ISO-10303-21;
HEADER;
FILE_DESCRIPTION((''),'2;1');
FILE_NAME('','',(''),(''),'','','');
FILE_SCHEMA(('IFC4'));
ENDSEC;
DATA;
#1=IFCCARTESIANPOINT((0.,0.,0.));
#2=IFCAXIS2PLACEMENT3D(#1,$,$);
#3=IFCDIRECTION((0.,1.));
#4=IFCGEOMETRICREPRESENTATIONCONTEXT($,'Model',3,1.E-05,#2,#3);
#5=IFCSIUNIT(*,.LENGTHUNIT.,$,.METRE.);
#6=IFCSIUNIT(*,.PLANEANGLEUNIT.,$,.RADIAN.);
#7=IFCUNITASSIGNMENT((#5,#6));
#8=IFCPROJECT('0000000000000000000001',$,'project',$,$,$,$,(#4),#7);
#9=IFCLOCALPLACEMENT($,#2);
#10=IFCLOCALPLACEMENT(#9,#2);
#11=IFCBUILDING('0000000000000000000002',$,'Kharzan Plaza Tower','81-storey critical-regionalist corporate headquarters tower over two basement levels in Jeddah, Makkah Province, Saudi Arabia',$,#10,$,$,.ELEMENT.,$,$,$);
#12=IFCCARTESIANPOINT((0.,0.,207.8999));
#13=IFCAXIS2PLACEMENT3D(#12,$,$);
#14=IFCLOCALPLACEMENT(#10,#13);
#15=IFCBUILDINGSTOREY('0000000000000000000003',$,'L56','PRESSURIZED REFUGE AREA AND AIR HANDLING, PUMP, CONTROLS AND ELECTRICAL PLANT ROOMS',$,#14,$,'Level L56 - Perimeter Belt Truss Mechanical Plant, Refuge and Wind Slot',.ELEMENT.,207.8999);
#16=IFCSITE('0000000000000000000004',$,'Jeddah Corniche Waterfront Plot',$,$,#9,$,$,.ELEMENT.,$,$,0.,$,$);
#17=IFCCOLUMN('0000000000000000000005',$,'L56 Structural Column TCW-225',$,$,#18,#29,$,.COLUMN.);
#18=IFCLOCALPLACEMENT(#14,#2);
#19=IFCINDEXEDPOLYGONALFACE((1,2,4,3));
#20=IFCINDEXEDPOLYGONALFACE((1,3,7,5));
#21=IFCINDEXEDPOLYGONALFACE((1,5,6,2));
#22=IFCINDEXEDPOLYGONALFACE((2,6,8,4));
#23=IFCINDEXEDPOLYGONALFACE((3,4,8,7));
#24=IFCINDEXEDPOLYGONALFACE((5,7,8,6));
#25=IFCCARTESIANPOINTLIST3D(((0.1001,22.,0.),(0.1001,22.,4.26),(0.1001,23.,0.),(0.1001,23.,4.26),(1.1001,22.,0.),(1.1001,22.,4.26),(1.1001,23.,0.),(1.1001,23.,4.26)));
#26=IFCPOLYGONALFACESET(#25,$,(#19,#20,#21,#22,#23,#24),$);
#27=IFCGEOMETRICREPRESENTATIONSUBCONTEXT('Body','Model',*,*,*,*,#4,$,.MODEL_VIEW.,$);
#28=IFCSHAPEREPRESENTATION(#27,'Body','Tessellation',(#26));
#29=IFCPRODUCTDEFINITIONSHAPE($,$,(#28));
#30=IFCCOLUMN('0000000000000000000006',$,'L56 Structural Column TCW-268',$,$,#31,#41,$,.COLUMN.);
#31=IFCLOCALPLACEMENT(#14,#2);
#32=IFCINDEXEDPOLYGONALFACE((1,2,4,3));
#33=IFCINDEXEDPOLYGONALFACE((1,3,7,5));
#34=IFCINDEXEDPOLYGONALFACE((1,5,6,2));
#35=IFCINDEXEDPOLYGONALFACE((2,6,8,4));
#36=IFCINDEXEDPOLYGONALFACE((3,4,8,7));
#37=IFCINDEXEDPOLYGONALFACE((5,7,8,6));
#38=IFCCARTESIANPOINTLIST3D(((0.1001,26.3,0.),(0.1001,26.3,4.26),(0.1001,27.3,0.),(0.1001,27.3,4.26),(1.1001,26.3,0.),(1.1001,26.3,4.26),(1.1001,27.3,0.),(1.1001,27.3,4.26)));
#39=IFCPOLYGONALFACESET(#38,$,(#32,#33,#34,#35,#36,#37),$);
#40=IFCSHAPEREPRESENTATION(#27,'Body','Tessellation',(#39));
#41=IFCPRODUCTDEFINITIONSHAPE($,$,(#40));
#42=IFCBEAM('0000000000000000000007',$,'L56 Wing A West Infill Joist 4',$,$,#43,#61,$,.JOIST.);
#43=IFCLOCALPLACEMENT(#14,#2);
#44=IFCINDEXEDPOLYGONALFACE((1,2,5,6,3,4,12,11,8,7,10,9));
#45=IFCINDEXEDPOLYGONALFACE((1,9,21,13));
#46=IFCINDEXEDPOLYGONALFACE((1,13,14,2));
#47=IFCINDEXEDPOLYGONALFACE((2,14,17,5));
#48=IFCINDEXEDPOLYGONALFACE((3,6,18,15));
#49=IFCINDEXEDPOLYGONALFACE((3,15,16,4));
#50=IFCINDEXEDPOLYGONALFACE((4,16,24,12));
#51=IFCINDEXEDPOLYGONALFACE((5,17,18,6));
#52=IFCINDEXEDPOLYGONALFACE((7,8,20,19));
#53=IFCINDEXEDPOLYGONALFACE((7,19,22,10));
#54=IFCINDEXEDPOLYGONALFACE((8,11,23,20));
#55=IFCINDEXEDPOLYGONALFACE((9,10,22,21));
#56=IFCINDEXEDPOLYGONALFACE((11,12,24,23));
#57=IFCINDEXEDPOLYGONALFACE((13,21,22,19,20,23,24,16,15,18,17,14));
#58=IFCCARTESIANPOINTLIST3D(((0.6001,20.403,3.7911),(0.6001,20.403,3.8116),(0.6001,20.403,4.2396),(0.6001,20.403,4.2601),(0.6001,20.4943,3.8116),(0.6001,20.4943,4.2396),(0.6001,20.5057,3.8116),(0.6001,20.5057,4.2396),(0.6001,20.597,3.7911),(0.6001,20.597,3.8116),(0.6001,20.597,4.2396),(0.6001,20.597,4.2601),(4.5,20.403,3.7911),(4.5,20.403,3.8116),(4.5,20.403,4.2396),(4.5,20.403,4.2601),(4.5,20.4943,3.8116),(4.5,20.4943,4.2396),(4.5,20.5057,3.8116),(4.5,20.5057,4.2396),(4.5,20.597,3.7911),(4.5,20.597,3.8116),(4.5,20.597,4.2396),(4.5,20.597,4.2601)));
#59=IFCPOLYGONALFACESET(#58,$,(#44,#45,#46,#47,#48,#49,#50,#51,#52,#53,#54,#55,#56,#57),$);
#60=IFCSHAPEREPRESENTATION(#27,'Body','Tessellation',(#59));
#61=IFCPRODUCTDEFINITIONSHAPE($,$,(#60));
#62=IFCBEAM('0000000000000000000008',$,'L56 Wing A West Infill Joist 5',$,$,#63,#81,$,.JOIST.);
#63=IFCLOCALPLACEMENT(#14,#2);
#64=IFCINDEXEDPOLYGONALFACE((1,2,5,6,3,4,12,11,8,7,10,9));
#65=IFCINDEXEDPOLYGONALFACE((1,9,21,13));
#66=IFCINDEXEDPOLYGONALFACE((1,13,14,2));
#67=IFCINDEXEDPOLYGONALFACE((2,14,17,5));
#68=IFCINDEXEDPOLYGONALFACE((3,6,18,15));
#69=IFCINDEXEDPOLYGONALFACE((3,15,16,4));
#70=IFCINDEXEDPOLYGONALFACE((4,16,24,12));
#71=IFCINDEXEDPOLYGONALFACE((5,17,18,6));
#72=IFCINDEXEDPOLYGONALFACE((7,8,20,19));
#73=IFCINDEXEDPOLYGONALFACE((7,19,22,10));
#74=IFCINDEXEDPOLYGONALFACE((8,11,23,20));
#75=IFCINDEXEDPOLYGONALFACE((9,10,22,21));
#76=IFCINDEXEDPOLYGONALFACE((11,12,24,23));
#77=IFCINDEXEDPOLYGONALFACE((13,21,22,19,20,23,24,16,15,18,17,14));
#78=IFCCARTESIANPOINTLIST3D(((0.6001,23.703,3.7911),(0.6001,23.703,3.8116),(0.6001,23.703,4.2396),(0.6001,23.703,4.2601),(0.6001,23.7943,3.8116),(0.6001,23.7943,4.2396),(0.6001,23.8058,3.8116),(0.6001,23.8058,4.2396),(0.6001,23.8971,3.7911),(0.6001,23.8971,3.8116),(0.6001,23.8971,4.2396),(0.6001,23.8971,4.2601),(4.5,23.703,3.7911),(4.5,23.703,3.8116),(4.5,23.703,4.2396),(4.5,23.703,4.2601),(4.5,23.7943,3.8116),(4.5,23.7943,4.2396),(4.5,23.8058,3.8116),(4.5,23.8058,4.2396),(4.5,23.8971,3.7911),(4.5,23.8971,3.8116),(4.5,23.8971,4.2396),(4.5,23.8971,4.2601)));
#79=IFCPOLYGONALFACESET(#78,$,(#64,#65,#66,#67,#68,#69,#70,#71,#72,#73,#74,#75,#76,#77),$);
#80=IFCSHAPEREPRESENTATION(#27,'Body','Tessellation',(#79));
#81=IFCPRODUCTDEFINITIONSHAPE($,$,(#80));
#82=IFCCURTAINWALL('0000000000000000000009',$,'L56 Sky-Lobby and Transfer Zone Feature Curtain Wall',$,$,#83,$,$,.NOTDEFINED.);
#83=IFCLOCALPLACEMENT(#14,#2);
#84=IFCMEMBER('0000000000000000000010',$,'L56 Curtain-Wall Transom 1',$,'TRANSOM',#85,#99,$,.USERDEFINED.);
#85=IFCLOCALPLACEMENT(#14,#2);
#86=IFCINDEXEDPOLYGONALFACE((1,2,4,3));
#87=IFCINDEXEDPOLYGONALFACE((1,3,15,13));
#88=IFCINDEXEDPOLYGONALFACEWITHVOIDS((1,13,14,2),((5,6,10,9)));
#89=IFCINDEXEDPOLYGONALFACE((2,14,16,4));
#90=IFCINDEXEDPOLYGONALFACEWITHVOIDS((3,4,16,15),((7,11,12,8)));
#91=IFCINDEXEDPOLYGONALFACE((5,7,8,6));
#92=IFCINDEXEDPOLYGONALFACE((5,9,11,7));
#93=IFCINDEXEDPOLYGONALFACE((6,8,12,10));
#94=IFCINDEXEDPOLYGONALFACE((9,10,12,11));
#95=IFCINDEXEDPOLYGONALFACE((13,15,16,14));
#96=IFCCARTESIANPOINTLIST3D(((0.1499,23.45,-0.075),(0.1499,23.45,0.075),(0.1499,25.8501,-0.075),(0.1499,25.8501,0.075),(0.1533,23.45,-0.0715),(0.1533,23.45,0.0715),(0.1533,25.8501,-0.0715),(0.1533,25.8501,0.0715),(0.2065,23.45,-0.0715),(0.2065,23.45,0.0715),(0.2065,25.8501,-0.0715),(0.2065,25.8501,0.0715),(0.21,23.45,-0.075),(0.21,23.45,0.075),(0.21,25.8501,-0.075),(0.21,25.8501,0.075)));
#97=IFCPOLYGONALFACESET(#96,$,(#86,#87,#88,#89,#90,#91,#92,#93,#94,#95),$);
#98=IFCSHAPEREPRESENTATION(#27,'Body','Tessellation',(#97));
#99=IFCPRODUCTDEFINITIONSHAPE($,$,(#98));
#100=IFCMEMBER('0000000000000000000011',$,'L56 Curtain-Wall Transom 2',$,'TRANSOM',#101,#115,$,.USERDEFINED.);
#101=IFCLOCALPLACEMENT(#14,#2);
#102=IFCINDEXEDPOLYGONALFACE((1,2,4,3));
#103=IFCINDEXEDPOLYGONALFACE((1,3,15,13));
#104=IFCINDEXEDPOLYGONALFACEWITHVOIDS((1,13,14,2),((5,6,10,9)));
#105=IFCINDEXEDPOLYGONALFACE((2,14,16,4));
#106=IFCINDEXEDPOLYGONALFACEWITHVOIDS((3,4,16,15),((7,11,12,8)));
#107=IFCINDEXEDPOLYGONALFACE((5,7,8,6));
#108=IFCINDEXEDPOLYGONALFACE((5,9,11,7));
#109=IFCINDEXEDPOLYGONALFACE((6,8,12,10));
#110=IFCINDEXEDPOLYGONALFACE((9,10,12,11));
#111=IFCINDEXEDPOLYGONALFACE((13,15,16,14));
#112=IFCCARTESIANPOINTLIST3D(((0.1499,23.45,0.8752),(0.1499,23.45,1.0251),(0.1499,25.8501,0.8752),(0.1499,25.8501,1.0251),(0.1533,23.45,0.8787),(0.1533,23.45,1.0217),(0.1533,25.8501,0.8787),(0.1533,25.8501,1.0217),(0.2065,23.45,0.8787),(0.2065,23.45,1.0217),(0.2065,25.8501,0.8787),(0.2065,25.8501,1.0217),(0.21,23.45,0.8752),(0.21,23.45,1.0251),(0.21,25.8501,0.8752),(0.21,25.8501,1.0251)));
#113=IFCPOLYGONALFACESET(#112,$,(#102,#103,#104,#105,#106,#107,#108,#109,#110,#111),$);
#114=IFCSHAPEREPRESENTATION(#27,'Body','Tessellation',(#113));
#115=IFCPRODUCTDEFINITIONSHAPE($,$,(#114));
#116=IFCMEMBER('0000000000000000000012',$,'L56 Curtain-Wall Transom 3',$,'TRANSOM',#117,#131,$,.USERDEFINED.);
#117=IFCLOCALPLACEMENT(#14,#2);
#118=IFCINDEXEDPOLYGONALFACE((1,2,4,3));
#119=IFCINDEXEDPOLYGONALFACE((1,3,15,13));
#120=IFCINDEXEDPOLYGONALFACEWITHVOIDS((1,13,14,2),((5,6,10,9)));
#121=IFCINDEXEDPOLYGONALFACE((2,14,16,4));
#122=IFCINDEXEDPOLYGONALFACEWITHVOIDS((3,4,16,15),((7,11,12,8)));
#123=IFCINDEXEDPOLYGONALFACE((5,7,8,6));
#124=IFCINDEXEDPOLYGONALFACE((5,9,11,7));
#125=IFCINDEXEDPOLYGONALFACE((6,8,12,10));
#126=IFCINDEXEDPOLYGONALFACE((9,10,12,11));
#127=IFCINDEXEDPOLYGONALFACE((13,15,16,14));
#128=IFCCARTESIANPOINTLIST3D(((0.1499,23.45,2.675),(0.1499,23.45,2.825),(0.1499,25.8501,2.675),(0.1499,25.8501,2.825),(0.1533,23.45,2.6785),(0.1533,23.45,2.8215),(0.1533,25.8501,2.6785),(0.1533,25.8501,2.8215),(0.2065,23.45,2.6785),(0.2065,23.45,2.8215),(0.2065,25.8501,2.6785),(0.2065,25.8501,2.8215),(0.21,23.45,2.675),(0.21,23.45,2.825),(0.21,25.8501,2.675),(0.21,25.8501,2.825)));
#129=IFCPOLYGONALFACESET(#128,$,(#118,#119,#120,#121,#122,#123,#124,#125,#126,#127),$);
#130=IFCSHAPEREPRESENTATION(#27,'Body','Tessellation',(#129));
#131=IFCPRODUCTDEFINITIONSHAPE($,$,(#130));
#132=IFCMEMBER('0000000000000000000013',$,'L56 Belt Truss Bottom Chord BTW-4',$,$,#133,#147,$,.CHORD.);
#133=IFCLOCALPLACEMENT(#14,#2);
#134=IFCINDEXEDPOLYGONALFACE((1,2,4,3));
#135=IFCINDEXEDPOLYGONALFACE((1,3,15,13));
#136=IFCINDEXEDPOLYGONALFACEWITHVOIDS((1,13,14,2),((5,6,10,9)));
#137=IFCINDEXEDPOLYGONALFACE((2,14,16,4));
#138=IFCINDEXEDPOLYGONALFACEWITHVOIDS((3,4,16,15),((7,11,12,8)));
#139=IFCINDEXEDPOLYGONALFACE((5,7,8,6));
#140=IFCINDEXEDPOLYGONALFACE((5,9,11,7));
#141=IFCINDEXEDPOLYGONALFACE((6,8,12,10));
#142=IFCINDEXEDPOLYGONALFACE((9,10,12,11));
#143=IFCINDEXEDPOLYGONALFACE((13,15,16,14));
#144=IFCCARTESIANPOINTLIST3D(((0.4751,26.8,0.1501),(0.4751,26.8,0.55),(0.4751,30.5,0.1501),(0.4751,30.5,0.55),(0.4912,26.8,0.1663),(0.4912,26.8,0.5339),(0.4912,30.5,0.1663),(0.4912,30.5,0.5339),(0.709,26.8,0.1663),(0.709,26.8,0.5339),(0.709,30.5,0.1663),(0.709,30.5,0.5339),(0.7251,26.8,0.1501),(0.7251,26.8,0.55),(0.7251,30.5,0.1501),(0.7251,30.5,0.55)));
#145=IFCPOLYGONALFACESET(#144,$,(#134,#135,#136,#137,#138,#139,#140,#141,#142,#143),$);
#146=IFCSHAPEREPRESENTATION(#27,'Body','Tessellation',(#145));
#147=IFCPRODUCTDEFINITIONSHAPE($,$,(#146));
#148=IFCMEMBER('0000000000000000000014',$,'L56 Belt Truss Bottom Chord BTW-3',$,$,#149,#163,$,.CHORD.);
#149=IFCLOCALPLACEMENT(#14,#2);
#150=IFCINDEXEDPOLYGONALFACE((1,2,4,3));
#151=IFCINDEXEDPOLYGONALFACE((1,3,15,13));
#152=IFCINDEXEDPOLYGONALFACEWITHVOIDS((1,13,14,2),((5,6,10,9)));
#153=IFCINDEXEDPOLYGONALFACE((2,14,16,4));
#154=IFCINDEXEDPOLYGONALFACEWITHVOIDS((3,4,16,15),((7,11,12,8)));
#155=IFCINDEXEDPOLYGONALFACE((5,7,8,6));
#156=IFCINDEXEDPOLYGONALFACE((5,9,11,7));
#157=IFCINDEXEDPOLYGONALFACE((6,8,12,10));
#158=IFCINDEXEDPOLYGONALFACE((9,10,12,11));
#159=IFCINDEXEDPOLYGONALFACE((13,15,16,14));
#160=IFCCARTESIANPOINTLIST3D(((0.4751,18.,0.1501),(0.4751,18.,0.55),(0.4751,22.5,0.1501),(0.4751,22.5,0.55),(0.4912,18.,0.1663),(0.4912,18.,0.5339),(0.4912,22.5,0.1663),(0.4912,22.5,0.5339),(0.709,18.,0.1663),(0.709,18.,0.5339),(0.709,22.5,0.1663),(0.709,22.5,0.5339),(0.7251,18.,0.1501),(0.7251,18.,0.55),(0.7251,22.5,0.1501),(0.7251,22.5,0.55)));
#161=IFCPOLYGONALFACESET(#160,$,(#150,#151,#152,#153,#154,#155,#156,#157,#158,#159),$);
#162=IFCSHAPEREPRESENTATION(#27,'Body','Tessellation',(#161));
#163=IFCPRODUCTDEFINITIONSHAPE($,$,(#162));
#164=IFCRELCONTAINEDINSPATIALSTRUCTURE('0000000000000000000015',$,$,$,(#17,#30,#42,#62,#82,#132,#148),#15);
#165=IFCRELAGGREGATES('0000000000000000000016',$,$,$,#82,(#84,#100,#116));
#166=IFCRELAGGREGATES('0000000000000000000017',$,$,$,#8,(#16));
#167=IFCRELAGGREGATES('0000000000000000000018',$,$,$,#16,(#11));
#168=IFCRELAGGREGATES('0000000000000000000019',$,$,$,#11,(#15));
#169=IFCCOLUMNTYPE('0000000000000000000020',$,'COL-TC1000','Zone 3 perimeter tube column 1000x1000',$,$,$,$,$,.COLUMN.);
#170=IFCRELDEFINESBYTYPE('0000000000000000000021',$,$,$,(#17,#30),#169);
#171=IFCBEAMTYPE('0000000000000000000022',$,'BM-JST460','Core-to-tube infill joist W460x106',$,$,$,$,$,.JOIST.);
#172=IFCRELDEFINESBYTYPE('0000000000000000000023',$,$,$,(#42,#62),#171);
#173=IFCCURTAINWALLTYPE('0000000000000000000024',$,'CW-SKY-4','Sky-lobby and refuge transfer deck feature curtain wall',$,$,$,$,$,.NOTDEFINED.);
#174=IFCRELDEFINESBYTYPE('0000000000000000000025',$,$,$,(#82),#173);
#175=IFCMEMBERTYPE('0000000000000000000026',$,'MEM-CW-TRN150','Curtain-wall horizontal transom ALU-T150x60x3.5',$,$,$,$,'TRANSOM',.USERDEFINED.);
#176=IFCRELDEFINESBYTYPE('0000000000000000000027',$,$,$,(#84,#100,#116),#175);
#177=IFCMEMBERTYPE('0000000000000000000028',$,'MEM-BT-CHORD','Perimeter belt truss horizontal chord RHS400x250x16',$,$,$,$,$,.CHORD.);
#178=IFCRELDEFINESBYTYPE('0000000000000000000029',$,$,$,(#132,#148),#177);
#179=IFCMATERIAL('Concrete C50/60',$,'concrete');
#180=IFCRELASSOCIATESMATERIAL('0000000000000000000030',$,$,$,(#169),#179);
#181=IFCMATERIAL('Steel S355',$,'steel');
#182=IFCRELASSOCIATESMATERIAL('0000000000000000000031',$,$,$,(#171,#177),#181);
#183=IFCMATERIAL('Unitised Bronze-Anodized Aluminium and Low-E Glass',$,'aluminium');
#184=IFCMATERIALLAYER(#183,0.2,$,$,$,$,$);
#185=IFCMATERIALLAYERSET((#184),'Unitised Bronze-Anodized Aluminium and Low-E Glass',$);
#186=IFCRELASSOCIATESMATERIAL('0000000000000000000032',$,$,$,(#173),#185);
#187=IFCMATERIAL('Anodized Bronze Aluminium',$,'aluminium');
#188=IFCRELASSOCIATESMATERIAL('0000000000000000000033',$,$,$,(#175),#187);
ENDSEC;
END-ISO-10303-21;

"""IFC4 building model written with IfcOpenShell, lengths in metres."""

from ifc_helpers import new_model, si_unit, direction, frame, origin, origin_2d, place, context, subcontext, project, spatial, rectangle, hollow_rectangle, i_section, extrude, source, transform, mapped, material, layer, layer_set, material_profile, profile_set, type_object, element, aggregate, save


model = new_model("IFC4")

# Units and contexts
model_context = context("Model", 3, precision=1e-05, world=origin(), true_north=direction((0.0, 1.0)))
body_context = subcontext(model_context, "Body", "Model", "MODEL_VIEW")
ifc_project = project(units=[si_unit("LENGTHUNIT", "METRE"), si_unit("PLANEANGLEUNIT", "RADIAN")], contexts=[model_context])

# Site, building, storey
site_placement = place(None, origin())
site = spatial("IfcSite", under=ifc_project, at=site_placement, Name="Jeddah Corniche Waterfront Plot", CompositionType="ELEMENT", RefElevation=0.0)
building_placement = place(site_placement, origin())
building = spatial("IfcBuilding", under=site, at=building_placement, Name="Kharzan Plaza Tower", Description="81-storey critical-regionalist corporate headquarters tower over two basement levels in Jeddah, Makkah Province, Saudi Arabia", CompositionType="ELEMENT")
storey_placement = place(building_placement, frame((0.0, 0.0, 207.8999)))
storey = spatial("IfcBuildingStorey", under=building, at=storey_placement, Name="L56", Description="PRESSURIZED REFUGE AREA AND AIR HANDLING, PUMP, CONTROLS AND ELECTRICAL PLANT ROOMS", LongName="Level L56 - Perimeter Belt Truss Mechanical Plant, Refuge and Wind Slot", CompositionType="ELEMENT", Elevation=207.8999)

# Columns
ifc_material_1 = material(Name="Concrete C50/60", Category="concrete")
ifc_material_profile_1 = material_profile(ifc_material_1, rectangle(XDim=1.0, YDim=1.0, at=origin_2d()), Name="RC-TC1000x1000")
ifc_profile_set_1 = profile_set([ifc_material_profile_1], Name="Concrete C50/60")
column_type = type_object("IfcColumnType", Name="COL-TC1000", Description="Zone 3 perimeter tube column 1000x1000", PredefinedType="COLUMN", material=ifc_profile_set_1)
shared_shape_1 = source(origin(), body_context, "Body", "SweptSolid", [
    extrude(rectangle(XDim=1.0, YDim=1.0, at=origin_2d()), origin(), (0.0, 0.0, 1.0), 4.26),
])
for number, where, z_axis, x_axis, name in (
    (1, (0.6001, 22.5, 0.0), (0.0, 0.0, 1.0), (1.0, 0.0, 0.0), "L56 Structural Column TCW-225"),
    (2, (0.6001, 26.8, 0.0), (0.0, 0.0, 1.0), (1.0, 0.0, 0.0), "L56 Structural Column TCW-268"),
):
    element("IfcColumn", number, at=place(storey_placement, frame(where, z_axis=z_axis, x_axis=x_axis)), inside=storey, type_object=column_type, Name=name, PredefinedType="COLUMN", context=body_context, shape_type="MappedRepresentation", body=[
        mapped(shared_shape_1, transform((0.0, 0.0, 0.0), x_axis=(1.0, 0.0, 0.0), y_axis=(0.0, 1.0, 0.0), z_axis=(0.0, 0.0, 1.0))),
    ])

# Beams
ifc_material_2 = material(Name="Steel S355", Category="steel")
ifc_material_profile_2 = material_profile(ifc_material_2, i_section(OverallWidth=0.1941, OverallDepth=0.469, WebThickness=0.0115, FlangeThickness=0.0205, at=origin_2d()), Name="W460x106")
ifc_profile_set_2 = profile_set([ifc_material_profile_2], Name="Steel S355")
beam_type_1 = type_object("IfcBeamType", Name="BM-JST460", Description="Core-to-tube infill joist W460x106", PredefinedType="JOIST", material=ifc_profile_set_2)
shared_shape_2 = source(origin(), body_context, "Body", "SweptSolid", [
    extrude(i_section(OverallWidth=0.1941, OverallDepth=0.469, WebThickness=0.0115, FlangeThickness=0.0205, at=origin_2d()), origin(), (0.0, 0.0, 1.0), 3.8999),
])
for number, where, z_axis, x_axis, name in (
    (3, (0.6001, 20.5, 4.0256), (1.0, 0.0, 0.0), (0.0, 1.0, 0.0), "L56 Wing A West Infill Joist 4"),
    (4, (0.6001, 23.8, 4.0256), (1.0, 0.0, 0.0), (0.0, 1.0, 0.0), "L56 Wing A West Infill Joist 5"),
):
    element("IfcBeam", number, at=place(storey_placement, frame(where, z_axis=z_axis, x_axis=x_axis)), inside=storey, type_object=beam_type_1, Name=name, PredefinedType="JOIST", context=body_context, shape_type="MappedRepresentation", body=[
        mapped(shared_shape_2, transform((0.0, 0.0, 0.0), x_axis=(1.0, 0.0, 0.0), y_axis=(0.0, 1.0, 0.0), z_axis=(0.0, 0.0, 1.0))),
    ])

# Curtain wall, members
ifc_material_3 = material(Name="Unitised Bronze-Anodized Aluminium and Low-E Glass", Category="aluminium")
ifc_layer_1 = layer(ifc_material_3, 0.2)
ifc_layer_set_1 = layer_set([ifc_layer_1], Name="Unitised Bronze-Anodized Aluminium and Low-E Glass")
curtain_wall_type = type_object("IfcCurtainWallType", Name="CW-SKY-4", Description="Sky-lobby and refuge transfer deck feature curtain wall", PredefinedType="NOTDEFINED", material=ifc_layer_set_1)
curtain_wall_placement = place(storey_placement, origin())
curtain_wall = element("IfcCurtainWall", 5, at=curtain_wall_placement, inside=storey, type_object=curtain_wall_type, Name="L56 Sky-Lobby and Transfer Zone Feature Curtain Wall", PredefinedType="NOTDEFINED")
ifc_material_4 = material(Name="Anodized Bronze Aluminium", Category="aluminium")
ifc_material_profile_3 = material_profile(ifc_material_4, hollow_rectangle(XDim=0.0601, YDim=0.1499, WallThickness=0.0034, at=origin_2d()), Name="ALU-T150x60x3.5")
ifc_profile_set_3 = profile_set([ifc_material_profile_3], Name="Anodized Bronze Aluminium")
member_type_1 = type_object("IfcMemberType", Name="MEM-CW-TRN150", Description="Curtain-wall horizontal transom ALU-T150x60x3.5", ElementType="TRANSOM", PredefinedType="USERDEFINED", material=ifc_profile_set_3)
shared_shape_3 = source(origin(), body_context, "Body", "SweptSolid", [
    extrude(hollow_rectangle(XDim=0.0601, YDim=0.1499, WallThickness=0.0034, at=origin_2d()), origin(), (0.0, 0.0, 1.0), 2.4001),
])
member_1_placement = place(storey_placement, frame((0.1799, 23.45, 0.0), z_axis=(0.0, 1.0, 0.0), x_axis=(-1.0, 0.0, 0.0)))
member_1 = element("IfcMember", 6, at=member_1_placement, type_object=member_type_1, Name="L56 Curtain-Wall Transom 1", ObjectType="TRANSOM", PredefinedType="USERDEFINED", context=body_context, shape_type="MappedRepresentation", body=[
    mapped(shared_shape_3, transform((0.0, 0.0, 0.0), x_axis=(1.0, 0.0, 0.0), y_axis=(0.0, 1.0, 0.0), z_axis=(0.0, 0.0, 1.0))),
])
member_2_placement = place(storey_placement, frame((0.1799, 23.45, 0.9502), z_axis=(0.0, 1.0, 0.0), x_axis=(-1.0, 0.0, 0.0)))
member_2 = element("IfcMember", 7, at=member_2_placement, type_object=member_type_1, Name="L56 Curtain-Wall Transom 2", ObjectType="TRANSOM", PredefinedType="USERDEFINED", context=body_context, shape_type="MappedRepresentation", body=[
    mapped(shared_shape_3, transform((0.0, 0.0, 0.0), x_axis=(1.0, 0.0, 0.0), y_axis=(0.0, 1.0, 0.0), z_axis=(0.0, 0.0, 1.0))),
])
member_3_placement = place(storey_placement, frame((0.1799, 23.45, 2.75), z_axis=(0.0, 1.0, 0.0), x_axis=(-1.0, 0.0, 0.0)))
member_3 = element("IfcMember", 8, at=member_3_placement, type_object=member_type_1, Name="L56 Curtain-Wall Transom 3", ObjectType="TRANSOM", PredefinedType="USERDEFINED", context=body_context, shape_type="MappedRepresentation", body=[
    mapped(shared_shape_3, transform((0.0, 0.0, 0.0), x_axis=(1.0, 0.0, 0.0), y_axis=(0.0, 1.0, 0.0), z_axis=(0.0, 0.0, 1.0))),
])

# Members
ifc_material_profile_4 = material_profile(ifc_material_2, hollow_rectangle(XDim=0.25, YDim=0.3999, WallThickness=0.0161, at=origin_2d()), Name="RHS400x250x16")
ifc_profile_set_4 = profile_set([ifc_material_profile_4], Name="Steel S355")
member_type_2 = type_object("IfcMemberType", Name="MEM-BT-CHORD", Description="Perimeter belt truss horizontal chord RHS400x250x16", PredefinedType="CHORD", material=ifc_profile_set_4)
shared_shape_4 = source(origin(), body_context, "Body", "SweptSolid", [
    extrude(hollow_rectangle(XDim=0.25, YDim=0.3999, WallThickness=0.0161, at=origin_2d()), origin(), (0.0, 0.0, 1.0), 3.7),
])
member_4_placement = place(storey_placement, frame((0.6001, 26.8, 0.3501), z_axis=(0.0, 1.0, 0.0), x_axis=(-1.0, 0.0, 0.0)))
element("IfcMember", 9, at=member_4_placement, inside=storey, type_object=member_type_2, Name="L56 Belt Truss Bottom Chord BTW-4", PredefinedType="CHORD", context=body_context, shape_type="MappedRepresentation", body=[
    mapped(shared_shape_4, transform((0.0, 0.0, 0.0), x_axis=(1.0, 0.0, 0.0), y_axis=(0.0, 1.0, 0.0), z_axis=(0.0, 0.0, 1.0))),
])
shared_shape_5 = source(origin(), body_context, "Body", "SweptSolid", [
    extrude(hollow_rectangle(XDim=0.25, YDim=0.3999, WallThickness=0.0161, at=origin_2d()), origin(), (0.0, 0.0, 1.0), 4.5),
])
member_5_placement = place(storey_placement, frame((0.6001, 18.0, 0.3501), z_axis=(0.0, 1.0, 0.0), x_axis=(-1.0, 0.0, 0.0)))
element("IfcMember", 10, at=member_5_placement, inside=storey, type_object=member_type_2, Name="L56 Belt Truss Bottom Chord BTW-3", PredefinedType="CHORD", context=body_context, shape_type="MappedRepresentation", body=[
    mapped(shared_shape_5, transform((0.0, 0.0, 0.0), x_axis=(1.0, 0.0, 0.0), y_axis=(0.0, 1.0, 0.0), z_axis=(0.0, 0.0, 1.0))),
])

aggregate(curtain_wall, [member_1, member_2, member_3])

save(model, "model.ifc")
